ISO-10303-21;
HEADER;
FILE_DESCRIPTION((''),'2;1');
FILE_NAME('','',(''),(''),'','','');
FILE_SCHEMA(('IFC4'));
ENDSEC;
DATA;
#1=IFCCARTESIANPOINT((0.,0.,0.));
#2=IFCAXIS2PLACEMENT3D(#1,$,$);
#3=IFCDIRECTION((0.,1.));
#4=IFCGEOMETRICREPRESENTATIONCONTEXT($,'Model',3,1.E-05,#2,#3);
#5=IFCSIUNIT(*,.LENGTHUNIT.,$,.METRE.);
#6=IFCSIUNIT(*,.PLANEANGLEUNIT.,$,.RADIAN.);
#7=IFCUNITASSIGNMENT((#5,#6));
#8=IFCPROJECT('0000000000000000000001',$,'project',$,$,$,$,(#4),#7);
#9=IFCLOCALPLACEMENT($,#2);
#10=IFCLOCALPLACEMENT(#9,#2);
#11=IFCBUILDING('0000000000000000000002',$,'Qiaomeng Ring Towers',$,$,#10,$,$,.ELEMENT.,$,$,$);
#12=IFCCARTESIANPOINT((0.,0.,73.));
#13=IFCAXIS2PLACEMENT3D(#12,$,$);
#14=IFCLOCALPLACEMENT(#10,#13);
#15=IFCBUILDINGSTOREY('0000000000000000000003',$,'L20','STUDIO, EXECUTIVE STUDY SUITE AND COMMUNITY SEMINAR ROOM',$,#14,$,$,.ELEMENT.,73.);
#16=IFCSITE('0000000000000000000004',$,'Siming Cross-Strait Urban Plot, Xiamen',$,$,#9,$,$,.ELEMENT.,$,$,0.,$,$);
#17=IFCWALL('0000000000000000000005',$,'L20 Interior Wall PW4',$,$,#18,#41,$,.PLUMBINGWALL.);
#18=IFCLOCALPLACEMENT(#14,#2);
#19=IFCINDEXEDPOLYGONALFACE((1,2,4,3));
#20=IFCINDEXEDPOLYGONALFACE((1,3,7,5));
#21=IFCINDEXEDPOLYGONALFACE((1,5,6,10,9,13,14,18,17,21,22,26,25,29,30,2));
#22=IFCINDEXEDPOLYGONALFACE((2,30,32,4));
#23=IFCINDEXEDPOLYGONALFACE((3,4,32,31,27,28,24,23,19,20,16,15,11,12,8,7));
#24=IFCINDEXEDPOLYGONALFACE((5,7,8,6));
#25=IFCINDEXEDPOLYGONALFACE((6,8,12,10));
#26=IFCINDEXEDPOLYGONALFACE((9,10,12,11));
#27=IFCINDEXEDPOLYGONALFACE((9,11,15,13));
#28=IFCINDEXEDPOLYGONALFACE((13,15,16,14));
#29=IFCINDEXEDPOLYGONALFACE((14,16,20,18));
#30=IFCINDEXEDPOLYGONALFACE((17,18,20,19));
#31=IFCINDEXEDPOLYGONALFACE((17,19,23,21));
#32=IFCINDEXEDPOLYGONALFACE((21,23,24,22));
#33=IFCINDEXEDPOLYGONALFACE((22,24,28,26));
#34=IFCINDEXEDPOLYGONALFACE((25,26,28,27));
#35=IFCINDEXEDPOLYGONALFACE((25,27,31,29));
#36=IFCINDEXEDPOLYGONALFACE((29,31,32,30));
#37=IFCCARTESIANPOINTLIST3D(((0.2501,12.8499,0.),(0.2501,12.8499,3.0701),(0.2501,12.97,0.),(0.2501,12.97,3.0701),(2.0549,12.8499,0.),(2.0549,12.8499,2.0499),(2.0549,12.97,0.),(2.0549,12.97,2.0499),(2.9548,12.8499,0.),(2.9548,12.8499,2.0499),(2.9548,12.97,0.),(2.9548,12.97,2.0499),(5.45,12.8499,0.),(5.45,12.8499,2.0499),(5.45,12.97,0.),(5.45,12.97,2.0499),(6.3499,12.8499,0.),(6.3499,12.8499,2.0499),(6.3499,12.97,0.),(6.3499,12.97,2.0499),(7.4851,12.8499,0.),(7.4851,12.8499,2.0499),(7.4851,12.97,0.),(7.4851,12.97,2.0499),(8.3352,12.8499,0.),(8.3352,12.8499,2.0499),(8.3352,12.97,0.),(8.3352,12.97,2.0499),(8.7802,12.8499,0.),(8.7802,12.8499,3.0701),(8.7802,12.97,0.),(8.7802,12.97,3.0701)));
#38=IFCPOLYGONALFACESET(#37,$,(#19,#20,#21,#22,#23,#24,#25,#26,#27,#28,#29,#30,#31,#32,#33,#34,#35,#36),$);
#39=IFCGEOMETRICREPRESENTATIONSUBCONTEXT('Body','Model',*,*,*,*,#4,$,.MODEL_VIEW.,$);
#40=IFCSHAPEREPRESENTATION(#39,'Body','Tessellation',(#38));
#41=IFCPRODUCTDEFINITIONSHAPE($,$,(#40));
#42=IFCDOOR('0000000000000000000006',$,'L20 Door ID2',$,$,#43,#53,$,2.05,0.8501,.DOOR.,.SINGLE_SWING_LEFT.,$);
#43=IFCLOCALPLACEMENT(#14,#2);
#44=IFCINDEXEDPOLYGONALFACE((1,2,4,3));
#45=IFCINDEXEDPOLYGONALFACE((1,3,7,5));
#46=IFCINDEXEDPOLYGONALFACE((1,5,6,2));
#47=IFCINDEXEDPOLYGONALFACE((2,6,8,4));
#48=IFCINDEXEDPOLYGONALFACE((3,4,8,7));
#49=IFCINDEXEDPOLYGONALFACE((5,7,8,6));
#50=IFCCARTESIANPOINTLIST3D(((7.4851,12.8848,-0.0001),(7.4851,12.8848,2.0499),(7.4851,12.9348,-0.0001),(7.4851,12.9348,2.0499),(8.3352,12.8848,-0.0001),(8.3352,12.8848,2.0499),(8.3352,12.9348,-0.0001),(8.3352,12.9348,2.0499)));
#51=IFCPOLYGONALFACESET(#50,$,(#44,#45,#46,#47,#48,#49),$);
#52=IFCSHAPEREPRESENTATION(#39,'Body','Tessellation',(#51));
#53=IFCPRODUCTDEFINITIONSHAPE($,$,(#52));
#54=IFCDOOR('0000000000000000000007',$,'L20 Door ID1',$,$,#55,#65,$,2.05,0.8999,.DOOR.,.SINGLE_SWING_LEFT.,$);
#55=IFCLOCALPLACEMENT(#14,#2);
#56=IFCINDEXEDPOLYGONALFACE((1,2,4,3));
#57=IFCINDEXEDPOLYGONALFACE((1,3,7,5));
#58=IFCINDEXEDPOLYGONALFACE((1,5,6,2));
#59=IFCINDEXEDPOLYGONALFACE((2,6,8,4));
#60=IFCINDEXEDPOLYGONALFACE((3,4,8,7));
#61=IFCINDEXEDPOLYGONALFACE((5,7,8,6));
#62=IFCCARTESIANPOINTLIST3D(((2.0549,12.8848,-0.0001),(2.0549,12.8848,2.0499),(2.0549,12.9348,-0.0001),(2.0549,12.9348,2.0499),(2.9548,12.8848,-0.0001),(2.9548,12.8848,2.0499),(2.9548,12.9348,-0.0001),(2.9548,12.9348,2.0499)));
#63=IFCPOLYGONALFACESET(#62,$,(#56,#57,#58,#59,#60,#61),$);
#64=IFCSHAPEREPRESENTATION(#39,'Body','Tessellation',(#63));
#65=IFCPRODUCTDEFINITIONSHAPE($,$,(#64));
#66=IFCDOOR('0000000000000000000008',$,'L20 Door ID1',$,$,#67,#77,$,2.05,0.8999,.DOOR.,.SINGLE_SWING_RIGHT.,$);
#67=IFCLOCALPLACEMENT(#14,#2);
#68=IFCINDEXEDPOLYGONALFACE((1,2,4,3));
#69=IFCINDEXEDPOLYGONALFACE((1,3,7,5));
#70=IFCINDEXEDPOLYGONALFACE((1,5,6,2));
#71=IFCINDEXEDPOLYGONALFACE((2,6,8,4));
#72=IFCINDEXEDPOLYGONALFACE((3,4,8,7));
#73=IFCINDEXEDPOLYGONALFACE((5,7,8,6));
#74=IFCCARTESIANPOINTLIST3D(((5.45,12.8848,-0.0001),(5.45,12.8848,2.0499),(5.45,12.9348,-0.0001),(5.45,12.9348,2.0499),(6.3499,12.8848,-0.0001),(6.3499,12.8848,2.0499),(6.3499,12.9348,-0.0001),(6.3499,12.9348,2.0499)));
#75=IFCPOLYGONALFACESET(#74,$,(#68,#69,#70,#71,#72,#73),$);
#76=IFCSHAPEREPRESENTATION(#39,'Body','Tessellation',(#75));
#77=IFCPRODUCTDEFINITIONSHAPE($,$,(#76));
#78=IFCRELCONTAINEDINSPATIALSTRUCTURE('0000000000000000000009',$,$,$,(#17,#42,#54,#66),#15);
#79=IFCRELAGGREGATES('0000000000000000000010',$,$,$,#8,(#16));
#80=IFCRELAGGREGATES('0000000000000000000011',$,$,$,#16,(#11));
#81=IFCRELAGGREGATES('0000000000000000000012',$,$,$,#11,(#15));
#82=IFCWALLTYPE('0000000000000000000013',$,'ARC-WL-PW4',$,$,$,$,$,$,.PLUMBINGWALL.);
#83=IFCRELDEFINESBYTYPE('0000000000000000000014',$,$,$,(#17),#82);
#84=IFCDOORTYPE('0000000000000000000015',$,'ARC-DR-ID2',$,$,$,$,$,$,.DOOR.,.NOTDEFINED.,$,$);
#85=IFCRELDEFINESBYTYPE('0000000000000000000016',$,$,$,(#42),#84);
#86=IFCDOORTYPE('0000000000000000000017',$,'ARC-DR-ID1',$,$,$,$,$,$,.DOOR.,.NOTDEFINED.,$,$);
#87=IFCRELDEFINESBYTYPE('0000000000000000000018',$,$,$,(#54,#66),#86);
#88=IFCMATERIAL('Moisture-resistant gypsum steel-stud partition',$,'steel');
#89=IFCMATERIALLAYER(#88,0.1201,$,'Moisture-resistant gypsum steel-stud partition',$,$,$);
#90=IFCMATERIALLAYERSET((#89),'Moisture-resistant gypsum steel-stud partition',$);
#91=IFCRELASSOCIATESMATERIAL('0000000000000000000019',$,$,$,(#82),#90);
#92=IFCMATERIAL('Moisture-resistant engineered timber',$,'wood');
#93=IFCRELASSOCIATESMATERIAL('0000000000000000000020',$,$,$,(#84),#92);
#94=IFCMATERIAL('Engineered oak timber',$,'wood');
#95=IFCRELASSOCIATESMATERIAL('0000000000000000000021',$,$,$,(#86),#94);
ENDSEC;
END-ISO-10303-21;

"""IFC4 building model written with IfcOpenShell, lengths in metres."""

from ifc_helpers import new_model, si_unit, direction, frame, frame_2d, origin, place, context, subcontext, project, spatial, rectangle, extrude, source, transform, mapped, material, layer, layer_set, type_object, element, fill, save


model = new_model("IFC4")

# Units and contexts
model_context = context("Model", 3, precision=1e-05, world=origin(), true_north=direction((0.0, 1.0)))
body_context = subcontext(model_context, "Body", "Model", "MODEL_VIEW")
ifc_project = project(units=[si_unit("LENGTHUNIT", "METRE"), si_unit("PLANEANGLEUNIT", "RADIAN")], contexts=[model_context])

# Site, building, storey
site_placement = place(None, origin())
site = spatial("IfcSite", under=ifc_project, at=site_placement, Name="Siming Cross-Strait Urban Plot, Xiamen", CompositionType="ELEMENT", RefElevation=0.0)
building_placement = place(site_placement, origin())
building = spatial("IfcBuilding", under=site, at=building_placement, Name="Qiaomeng Ring Towers", CompositionType="ELEMENT")
storey_placement = place(building_placement, frame((0.0, 0.0, 73.0)))
storey = spatial("IfcBuildingStorey", under=building, at=storey_placement, Name="L20", Description="STUDIO, EXECUTIVE STUDY SUITE AND COMMUNITY SEMINAR ROOM", CompositionType="ELEMENT", Elevation=73.0)

# Wall, openings, doors
ifc_material_1 = material(Name="Moisture-resistant gypsum steel-stud partition", Category="steel")
ifc_layer_1 = layer(ifc_material_1, 0.1201, Name="Moisture-resistant gypsum steel-stud partition")
ifc_layer_set_1 = layer_set([ifc_layer_1], Name="Moisture-resistant gypsum steel-stud partition")
wall_type_1 = type_object("IfcWallType", Name="ARC-WL-PW4", PredefinedType="PLUMBINGWALL", material=ifc_layer_set_1)
wall_1_placement = place(storey_placement, frame((0.25, 12.9099, 0.0), z_axis=(0.0, 0.0, 1.0), x_axis=(1.0, 0.0, 0.0)))
wall_1 = element("IfcWall", 1, at=wall_1_placement, inside=storey, type_object=wall_type_1, Name="L20 Interior Wall PW4", PredefinedType="PLUMBINGWALL", context=body_context, shape_type="SweptSolid", body=[
    extrude(rectangle(XDim=8.53, YDim=0.1201, at=frame_2d((4.2651, 0.0))), origin(), (0.0, 0.0, 1.0), 3.0701),
])
opening_1_placement = place(wall_1_placement, frame((1.8049, 0.0, 0.0)))
opening_1 = element("IfcOpeningElement", 2, at=opening_1_placement, cuts=wall_1, PredefinedType="OPENING", context=body_context, shape_type="SweptSolid", body=[
    extrude(rectangle(XDim=0.8999, YDim=2.05, at=frame_2d((0.45, 1.0249))), frame((0.0, 0.0701, 0.0), z_axis=(0.0, -1.0, 0.0), x_axis=(1.0, 0.0, 0.0)), (0.0, 0.0, 1.0), 0.1401),
])
opening_2_placement = place(wall_1_placement, frame((5.2, 0.0, 0.0)))
opening_2 = element("IfcOpeningElement", 3, at=opening_2_placement, cuts=wall_1, PredefinedType="OPENING", context=body_context, shape_type="SweptSolid", body=[
    extrude(rectangle(XDim=0.8999, YDim=2.05, at=frame_2d((0.45, 1.0249))), frame((0.0, 0.0701, 0.0), z_axis=(0.0, -1.0, 0.0), x_axis=(1.0, 0.0, 0.0)), (0.0, 0.0, 1.0), 0.1401),
])
opening_3_placement = place(wall_1_placement, frame((7.2351, 0.0, 0.0)))
opening_3 = element("IfcOpeningElement", 4, at=opening_3_placement, cuts=wall_1, PredefinedType="OPENING", context=body_context, shape_type="SweptSolid", body=[
    extrude(rectangle(XDim=0.8501, YDim=2.05, at=frame_2d((0.425, 1.0249))), frame((0.0, 0.0701, 0.0), z_axis=(0.0, -1.0, 0.0), x_axis=(1.0, 0.0, 0.0)), (0.0, 0.0, 1.0), 0.1401),
])
ifc_material_2 = material(Name="Moisture-resistant engineered timber", Category="wood")
door_type_1 = type_object("IfcDoorType", Name="ARC-DR-ID2", OperationType="NOTDEFINED", PredefinedType="DOOR", material=ifc_material_2)
shared_shape_1 = source(origin(), body_context, "Body", "SweptSolid", [
    extrude(rectangle(XDim=0.8501, YDim=2.05, at=frame_2d((0.425, 1.0249))), frame((0.0, 0.0249, 0.0), z_axis=(0.0, -1.0, 0.0), x_axis=(1.0, 0.0, 0.0)), (0.0, 0.0, 1.0), 0.05),
])
door_1_placement = place(opening_3_placement, origin())
door_1 = element("IfcDoor", 5, at=door_1_placement, inside=storey, type_object=door_type_1, Name="L20 Door ID2", OperationType="SINGLE_SWING_LEFT", OverallHeight=2.05, OverallWidth=0.8501, PredefinedType="DOOR", context=body_context, shape_type="MappedRepresentation", body=[
    mapped(shared_shape_1, transform((0.0, 0.0, 0.0), x_axis=(1.0, 0.0, 0.0), y_axis=(0.0, 1.0, 0.0), z_axis=(0.0, 0.0, 1.0), scale=1.0)),
])
fill(opening_3, door_1)
ifc_material_3 = material(Name="Engineered oak timber", Category="wood")
door_type_2 = type_object("IfcDoorType", Name="ARC-DR-ID1", OperationType="NOTDEFINED", PredefinedType="DOOR", material=ifc_material_3)
shared_shape_2 = source(origin(), body_context, "Body", "SweptSolid", [
    extrude(rectangle(XDim=0.8999, YDim=2.05, at=frame_2d((0.45, 1.0249))), frame((0.0, 0.0249, 0.0), z_axis=(0.0, -1.0, 0.0), x_axis=(1.0, 0.0, 0.0)), (0.0, 0.0, 1.0), 0.05),
])
door_2_placement = place(opening_1_placement, origin())
door_2 = element("IfcDoor", 6, at=door_2_placement, inside=storey, type_object=door_type_2, Name="L20 Door ID1", OperationType="SINGLE_SWING_LEFT", OverallHeight=2.05, OverallWidth=0.8999, PredefinedType="DOOR", context=body_context, shape_type="MappedRepresentation", body=[
    mapped(shared_shape_2, transform((0.0, 0.0, 0.0), x_axis=(1.0, 0.0, 0.0), y_axis=(0.0, 1.0, 0.0), z_axis=(0.0, 0.0, 1.0), scale=1.0)),
])
fill(opening_1, door_2)
door_3_placement = place(opening_2_placement, origin())
door_3 = element("IfcDoor", 7, at=door_3_placement, inside=storey, type_object=door_type_2, Name="L20 Door ID1", OperationType="SINGLE_SWING_RIGHT", OverallHeight=2.05, OverallWidth=0.8999, PredefinedType="DOOR", context=body_context, shape_type="MappedRepresentation", body=[
    mapped(shared_shape_2, transform((0.0, 0.0, 0.0), x_axis=(1.0, 0.0, 0.0), y_axis=(0.0, 1.0, 0.0), z_axis=(0.0, 0.0, 1.0), scale=1.0)),
])
fill(opening_2, door_3)

save(model, "model.ifc")
